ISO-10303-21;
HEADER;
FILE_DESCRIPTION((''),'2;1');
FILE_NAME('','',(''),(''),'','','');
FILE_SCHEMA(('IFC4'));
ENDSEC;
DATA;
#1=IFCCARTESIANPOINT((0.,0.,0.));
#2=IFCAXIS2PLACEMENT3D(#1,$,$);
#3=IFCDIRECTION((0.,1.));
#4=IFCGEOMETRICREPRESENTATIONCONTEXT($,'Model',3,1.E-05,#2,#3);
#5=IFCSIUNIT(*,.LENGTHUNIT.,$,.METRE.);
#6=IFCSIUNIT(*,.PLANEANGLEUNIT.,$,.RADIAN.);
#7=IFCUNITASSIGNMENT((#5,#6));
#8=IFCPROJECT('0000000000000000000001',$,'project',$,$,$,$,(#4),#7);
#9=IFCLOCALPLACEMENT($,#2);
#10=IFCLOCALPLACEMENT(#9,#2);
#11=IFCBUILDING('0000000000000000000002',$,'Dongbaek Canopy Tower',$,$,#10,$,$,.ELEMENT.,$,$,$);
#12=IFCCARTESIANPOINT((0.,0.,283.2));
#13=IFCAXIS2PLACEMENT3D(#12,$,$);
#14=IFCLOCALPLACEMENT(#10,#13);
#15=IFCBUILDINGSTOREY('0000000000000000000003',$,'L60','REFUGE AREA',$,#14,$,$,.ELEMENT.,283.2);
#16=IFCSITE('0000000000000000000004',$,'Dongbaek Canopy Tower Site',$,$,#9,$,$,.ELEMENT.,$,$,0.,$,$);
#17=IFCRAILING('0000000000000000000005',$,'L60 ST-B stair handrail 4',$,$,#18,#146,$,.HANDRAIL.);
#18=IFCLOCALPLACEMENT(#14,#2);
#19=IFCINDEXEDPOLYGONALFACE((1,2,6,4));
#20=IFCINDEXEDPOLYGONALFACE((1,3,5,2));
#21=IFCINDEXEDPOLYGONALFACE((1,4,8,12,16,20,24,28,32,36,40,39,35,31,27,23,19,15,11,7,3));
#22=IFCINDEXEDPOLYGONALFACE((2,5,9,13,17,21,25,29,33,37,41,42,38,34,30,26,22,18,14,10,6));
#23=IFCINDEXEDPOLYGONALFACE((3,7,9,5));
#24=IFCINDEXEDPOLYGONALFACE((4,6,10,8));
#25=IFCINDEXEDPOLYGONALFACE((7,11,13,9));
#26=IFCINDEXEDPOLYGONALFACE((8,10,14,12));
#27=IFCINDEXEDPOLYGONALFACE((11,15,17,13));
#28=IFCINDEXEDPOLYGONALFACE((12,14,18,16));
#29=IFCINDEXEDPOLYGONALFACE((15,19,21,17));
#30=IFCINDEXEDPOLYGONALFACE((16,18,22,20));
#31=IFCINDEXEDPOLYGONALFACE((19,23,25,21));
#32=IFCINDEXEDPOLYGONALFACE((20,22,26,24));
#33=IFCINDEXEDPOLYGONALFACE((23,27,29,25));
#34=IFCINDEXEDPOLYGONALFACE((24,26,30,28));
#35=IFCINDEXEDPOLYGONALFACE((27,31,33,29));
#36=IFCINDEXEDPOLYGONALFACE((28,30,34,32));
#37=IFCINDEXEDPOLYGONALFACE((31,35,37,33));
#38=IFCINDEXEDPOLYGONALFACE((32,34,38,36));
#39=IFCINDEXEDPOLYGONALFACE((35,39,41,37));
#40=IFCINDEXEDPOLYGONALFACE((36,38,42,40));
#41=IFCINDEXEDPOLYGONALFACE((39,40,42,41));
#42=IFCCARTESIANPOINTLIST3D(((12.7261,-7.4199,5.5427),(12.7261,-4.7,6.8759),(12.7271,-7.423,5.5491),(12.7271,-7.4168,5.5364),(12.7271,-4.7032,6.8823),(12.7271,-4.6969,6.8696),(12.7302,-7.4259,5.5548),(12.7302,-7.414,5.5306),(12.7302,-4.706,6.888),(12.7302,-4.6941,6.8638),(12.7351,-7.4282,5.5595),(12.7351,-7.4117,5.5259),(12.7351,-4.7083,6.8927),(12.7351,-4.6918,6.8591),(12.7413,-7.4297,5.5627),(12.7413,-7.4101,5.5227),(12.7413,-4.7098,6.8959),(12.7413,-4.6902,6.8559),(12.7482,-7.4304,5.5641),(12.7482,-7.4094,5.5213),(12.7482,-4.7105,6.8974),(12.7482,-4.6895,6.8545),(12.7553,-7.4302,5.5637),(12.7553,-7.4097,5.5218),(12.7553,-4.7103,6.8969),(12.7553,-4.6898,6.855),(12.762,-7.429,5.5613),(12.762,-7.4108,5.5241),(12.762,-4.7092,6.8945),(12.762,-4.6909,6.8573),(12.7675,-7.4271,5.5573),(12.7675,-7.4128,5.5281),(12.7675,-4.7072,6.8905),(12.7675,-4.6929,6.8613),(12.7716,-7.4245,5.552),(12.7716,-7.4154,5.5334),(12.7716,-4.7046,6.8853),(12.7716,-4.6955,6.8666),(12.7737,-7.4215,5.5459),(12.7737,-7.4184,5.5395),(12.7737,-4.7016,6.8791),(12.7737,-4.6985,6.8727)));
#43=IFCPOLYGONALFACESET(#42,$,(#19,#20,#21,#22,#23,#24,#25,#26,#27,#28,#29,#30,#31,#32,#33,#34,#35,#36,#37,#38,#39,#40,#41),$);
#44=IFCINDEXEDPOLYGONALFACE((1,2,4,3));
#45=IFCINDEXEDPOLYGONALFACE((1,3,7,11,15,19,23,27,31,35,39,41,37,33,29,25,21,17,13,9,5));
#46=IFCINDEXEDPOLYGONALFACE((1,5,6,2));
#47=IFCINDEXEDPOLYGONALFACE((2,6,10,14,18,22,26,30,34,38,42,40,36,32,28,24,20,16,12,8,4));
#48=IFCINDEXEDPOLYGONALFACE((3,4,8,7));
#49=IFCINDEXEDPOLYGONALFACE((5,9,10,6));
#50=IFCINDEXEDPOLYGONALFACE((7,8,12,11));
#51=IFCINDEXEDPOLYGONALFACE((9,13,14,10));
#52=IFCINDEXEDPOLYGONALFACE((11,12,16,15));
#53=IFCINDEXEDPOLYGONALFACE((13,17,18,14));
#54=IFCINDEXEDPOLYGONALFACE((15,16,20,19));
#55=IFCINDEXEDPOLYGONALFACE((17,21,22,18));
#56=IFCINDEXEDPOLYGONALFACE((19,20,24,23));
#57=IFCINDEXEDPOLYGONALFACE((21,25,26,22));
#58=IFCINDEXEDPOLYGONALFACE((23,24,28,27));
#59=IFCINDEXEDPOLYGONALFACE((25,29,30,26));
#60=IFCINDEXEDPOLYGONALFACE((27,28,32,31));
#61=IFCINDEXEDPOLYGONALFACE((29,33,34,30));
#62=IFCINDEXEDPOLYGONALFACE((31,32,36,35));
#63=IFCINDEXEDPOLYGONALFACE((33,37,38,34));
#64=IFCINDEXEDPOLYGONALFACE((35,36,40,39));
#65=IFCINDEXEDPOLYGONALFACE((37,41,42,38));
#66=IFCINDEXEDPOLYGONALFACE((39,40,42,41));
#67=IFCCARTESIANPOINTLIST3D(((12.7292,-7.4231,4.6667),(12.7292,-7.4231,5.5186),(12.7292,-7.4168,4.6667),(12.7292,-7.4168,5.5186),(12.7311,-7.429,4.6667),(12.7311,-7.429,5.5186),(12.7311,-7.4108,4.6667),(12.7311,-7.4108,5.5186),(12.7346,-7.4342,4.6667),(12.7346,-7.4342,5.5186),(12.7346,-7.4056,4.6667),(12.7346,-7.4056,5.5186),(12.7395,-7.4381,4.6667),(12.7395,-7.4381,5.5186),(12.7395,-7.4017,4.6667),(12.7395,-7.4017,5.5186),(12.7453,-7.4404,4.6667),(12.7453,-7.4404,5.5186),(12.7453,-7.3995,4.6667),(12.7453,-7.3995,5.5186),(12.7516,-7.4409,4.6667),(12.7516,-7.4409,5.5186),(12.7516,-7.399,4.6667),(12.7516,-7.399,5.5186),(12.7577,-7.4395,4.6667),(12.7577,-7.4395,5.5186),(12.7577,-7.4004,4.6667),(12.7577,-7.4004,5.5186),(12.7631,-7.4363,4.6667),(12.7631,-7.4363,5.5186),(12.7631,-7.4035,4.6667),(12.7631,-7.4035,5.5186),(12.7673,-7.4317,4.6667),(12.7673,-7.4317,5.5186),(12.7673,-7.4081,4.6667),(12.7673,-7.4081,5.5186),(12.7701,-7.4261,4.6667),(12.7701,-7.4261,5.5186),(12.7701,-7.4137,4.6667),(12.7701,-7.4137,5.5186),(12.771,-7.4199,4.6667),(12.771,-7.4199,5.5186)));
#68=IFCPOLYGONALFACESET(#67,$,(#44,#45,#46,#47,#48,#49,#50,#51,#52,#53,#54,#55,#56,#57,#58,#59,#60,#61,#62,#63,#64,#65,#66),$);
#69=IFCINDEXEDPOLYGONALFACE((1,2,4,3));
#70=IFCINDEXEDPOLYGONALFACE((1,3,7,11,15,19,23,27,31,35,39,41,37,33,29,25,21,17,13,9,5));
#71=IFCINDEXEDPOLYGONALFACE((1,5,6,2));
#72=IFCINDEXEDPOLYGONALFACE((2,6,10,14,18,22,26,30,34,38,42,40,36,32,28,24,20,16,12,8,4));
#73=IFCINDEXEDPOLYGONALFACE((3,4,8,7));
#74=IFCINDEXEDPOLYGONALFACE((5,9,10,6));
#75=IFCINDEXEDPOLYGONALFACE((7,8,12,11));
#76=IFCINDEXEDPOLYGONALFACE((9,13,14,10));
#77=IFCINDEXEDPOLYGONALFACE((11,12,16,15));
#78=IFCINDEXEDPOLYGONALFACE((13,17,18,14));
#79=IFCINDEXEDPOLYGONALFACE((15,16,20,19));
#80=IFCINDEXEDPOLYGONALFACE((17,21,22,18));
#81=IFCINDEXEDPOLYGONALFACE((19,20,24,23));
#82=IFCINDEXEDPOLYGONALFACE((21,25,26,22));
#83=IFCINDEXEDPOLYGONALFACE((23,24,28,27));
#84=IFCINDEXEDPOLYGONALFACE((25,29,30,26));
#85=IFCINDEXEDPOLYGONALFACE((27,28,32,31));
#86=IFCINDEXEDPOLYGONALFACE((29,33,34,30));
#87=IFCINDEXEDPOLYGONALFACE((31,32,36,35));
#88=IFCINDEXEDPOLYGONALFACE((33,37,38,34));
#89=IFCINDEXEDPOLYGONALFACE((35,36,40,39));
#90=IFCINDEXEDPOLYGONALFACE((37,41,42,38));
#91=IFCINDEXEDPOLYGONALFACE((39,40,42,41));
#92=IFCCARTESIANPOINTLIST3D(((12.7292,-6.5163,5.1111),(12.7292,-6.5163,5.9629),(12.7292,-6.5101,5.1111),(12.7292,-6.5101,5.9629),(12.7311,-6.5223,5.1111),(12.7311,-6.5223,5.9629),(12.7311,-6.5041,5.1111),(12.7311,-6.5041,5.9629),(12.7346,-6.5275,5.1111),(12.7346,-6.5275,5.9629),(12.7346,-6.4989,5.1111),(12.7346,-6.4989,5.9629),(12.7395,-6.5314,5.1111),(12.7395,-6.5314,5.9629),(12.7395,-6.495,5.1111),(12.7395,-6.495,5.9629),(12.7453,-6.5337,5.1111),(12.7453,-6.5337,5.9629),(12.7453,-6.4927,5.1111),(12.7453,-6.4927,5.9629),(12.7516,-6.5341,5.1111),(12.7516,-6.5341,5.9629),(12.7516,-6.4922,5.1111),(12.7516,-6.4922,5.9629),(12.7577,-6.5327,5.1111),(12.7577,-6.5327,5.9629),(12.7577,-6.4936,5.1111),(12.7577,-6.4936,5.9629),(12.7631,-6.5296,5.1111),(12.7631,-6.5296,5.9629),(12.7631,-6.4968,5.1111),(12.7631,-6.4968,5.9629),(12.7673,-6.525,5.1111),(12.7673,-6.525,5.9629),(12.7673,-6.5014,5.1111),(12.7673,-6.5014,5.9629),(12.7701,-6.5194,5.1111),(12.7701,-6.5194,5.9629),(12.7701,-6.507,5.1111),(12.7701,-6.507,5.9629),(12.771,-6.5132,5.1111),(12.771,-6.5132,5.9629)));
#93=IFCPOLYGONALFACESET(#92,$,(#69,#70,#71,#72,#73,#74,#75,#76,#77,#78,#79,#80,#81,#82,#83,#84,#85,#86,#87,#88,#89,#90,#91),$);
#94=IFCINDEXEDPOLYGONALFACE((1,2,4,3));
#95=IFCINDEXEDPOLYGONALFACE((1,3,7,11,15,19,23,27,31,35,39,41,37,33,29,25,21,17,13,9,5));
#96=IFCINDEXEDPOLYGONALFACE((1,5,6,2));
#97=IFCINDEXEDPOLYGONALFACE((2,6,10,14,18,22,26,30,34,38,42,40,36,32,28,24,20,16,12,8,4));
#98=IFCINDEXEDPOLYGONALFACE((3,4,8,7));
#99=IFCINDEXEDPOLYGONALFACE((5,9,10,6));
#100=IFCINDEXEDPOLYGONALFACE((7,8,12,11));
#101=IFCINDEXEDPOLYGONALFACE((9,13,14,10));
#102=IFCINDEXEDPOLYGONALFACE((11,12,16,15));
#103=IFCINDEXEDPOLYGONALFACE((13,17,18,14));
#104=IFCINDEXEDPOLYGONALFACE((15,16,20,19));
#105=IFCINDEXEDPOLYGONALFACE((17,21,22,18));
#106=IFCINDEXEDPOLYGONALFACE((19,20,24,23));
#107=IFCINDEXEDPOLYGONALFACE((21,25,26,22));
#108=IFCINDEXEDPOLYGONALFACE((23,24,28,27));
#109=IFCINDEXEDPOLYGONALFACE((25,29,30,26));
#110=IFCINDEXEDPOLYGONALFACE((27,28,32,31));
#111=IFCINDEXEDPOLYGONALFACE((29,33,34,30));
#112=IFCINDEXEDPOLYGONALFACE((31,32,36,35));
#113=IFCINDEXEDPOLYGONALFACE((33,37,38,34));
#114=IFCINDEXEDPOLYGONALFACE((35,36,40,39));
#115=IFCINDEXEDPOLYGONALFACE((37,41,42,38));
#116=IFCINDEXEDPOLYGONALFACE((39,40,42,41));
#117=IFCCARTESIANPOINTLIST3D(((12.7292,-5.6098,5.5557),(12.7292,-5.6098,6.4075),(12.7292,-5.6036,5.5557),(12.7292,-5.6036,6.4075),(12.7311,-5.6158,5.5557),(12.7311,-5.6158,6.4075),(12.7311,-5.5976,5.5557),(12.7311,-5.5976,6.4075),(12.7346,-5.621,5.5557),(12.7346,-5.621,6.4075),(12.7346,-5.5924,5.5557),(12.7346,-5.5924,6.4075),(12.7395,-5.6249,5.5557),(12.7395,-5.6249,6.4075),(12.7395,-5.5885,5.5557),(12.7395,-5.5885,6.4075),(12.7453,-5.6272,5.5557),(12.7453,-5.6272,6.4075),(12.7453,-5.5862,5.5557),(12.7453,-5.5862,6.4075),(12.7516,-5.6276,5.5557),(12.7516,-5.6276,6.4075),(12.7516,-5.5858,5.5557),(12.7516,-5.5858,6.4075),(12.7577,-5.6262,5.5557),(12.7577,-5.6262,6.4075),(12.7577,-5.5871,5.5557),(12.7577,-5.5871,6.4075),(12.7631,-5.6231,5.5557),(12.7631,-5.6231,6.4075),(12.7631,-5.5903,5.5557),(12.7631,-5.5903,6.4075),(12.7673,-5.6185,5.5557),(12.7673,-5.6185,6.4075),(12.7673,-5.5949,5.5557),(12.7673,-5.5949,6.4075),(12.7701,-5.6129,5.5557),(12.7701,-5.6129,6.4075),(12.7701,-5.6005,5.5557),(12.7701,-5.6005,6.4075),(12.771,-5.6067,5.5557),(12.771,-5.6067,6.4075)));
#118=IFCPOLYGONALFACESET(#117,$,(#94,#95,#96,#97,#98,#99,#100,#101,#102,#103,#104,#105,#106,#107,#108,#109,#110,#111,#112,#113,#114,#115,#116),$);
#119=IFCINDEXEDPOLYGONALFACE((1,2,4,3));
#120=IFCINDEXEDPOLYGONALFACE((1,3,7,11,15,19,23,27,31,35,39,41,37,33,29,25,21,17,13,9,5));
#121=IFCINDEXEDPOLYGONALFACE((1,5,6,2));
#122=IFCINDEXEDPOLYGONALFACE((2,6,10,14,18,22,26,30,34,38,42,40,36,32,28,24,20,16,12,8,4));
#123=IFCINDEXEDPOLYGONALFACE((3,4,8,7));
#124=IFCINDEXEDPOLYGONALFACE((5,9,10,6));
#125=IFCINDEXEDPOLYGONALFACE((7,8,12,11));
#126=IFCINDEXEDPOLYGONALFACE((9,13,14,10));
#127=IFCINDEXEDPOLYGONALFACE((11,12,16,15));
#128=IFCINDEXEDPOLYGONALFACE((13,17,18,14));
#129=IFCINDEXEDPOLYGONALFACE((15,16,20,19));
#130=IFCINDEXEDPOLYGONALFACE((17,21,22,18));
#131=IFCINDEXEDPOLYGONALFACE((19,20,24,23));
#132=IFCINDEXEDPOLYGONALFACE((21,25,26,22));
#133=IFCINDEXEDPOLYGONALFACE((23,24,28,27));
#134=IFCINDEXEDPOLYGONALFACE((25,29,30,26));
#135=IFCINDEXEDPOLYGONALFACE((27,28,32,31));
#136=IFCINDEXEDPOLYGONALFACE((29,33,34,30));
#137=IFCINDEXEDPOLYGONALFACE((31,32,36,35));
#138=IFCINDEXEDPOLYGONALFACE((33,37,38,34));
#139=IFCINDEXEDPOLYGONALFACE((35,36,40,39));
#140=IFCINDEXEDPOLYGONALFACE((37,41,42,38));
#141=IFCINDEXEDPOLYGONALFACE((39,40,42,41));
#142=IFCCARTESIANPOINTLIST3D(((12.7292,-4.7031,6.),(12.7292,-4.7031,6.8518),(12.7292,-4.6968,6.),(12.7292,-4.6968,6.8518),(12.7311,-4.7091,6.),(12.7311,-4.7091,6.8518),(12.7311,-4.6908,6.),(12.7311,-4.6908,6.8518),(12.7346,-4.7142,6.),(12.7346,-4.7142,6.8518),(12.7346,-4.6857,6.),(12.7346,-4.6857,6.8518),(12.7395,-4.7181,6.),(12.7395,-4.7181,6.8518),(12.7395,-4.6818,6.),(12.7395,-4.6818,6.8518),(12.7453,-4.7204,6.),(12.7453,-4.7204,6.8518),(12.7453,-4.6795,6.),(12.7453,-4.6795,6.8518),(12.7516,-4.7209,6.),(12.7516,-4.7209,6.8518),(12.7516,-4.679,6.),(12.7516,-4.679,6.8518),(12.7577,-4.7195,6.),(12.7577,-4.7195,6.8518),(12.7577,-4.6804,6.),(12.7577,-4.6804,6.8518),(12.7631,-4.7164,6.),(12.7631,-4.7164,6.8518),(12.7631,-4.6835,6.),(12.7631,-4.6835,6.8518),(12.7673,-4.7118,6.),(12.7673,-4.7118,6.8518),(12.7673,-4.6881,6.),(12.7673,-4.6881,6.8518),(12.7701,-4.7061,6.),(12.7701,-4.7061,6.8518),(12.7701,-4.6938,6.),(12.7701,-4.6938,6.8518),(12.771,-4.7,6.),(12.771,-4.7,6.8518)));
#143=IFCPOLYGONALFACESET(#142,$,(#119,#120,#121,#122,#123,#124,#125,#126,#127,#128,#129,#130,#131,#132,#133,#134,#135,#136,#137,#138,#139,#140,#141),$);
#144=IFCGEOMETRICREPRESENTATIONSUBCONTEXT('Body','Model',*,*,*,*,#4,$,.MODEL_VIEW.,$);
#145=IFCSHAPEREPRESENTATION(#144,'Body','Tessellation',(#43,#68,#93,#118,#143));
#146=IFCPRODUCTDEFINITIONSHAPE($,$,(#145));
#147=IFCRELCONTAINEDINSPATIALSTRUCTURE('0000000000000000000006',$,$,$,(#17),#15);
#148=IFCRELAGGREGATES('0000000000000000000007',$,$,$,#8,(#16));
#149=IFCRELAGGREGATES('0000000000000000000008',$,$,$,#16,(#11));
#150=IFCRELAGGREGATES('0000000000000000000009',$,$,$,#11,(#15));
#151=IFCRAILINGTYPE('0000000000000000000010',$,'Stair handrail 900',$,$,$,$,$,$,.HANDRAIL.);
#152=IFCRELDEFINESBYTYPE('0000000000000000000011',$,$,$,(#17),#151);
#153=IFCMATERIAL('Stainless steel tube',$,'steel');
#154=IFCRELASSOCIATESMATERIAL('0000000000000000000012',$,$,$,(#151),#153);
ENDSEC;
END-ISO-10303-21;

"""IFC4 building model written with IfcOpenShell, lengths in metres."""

from ifc_helpers import new_model, si_unit, direction, frame, origin, origin_2d, place, context, subcontext, project, spatial, circle, extrude, material, type_object, element, save


model = new_model("IFC4")

# Units and contexts
model_context = context("Model", 3, precision=1e-05, world=origin(), true_north=direction((0.0, 1.0)))
body_context = subcontext(model_context, "Body", "Model", "MODEL_VIEW")
ifc_project = project(units=[si_unit("LENGTHUNIT", "METRE"), si_unit("PLANEANGLEUNIT", "RADIAN")], contexts=[model_context])

# Site, building, storey
site_placement = place(None, origin())
site = spatial("IfcSite", under=ifc_project, at=site_placement, Name="Dongbaek Canopy Tower Site", CompositionType="ELEMENT", RefElevation=0.0)
building_placement = place(site_placement, origin())
building = spatial("IfcBuilding", under=site, at=building_placement, Name="Dongbaek Canopy Tower", CompositionType="ELEMENT")
storey_placement = place(building_placement, frame((0.0, 0.0, 283.2)))
storey = spatial("IfcBuildingStorey", under=building, at=storey_placement, Name="L60", Description="REFUGE AREA", CompositionType="ELEMENT", Elevation=283.2)

# Railing
ifc_material_1 = material(Name="Stainless steel tube", Category="steel")
railing_type_1 = type_object("IfcRailingType", Name="Stair handrail 900", PredefinedType="HANDRAIL", material=ifc_material_1)
railing_1_placement = place(storey_placement, frame((12.75, -7.4199, 4.6667)))
element("IfcRailing", 1, at=railing_1_placement, inside=storey, type_object=railing_type_1, Name="L60 ST-B stair handrail 4", PredefinedType="HANDRAIL", context=body_context, shape_type="SweptSolid", body=[
    extrude(circle(Radius=0.0239, at=origin_2d()), frame((0.0, 0.0, 0.876), z_axis=(0.0, 0.897929, 0.440139), x_axis=(-1.0, 0.0, 0.0)), (0.0, 0.0, 1.0), 3.0291),
    extrude(circle(Radius=0.021, at=origin_2d()), origin(), (0.0, 0.0, 1.0), 0.8518),
    extrude(circle(Radius=0.021, at=origin_2d()), frame((0.0, 0.9067, 0.4443)), (0.0, 0.0, 1.0), 0.8518),
    extrude(circle(Radius=0.021, at=origin_2d()), frame((0.0, 1.8132, 0.8889)), (0.0, 0.0, 1.0), 0.8518),
    extrude(circle(Radius=0.021, at=origin_2d()), frame((0.0, 2.72, 1.3333)), (0.0, 0.0, 1.0), 0.8518),
])

save(model, "model.ifc")
